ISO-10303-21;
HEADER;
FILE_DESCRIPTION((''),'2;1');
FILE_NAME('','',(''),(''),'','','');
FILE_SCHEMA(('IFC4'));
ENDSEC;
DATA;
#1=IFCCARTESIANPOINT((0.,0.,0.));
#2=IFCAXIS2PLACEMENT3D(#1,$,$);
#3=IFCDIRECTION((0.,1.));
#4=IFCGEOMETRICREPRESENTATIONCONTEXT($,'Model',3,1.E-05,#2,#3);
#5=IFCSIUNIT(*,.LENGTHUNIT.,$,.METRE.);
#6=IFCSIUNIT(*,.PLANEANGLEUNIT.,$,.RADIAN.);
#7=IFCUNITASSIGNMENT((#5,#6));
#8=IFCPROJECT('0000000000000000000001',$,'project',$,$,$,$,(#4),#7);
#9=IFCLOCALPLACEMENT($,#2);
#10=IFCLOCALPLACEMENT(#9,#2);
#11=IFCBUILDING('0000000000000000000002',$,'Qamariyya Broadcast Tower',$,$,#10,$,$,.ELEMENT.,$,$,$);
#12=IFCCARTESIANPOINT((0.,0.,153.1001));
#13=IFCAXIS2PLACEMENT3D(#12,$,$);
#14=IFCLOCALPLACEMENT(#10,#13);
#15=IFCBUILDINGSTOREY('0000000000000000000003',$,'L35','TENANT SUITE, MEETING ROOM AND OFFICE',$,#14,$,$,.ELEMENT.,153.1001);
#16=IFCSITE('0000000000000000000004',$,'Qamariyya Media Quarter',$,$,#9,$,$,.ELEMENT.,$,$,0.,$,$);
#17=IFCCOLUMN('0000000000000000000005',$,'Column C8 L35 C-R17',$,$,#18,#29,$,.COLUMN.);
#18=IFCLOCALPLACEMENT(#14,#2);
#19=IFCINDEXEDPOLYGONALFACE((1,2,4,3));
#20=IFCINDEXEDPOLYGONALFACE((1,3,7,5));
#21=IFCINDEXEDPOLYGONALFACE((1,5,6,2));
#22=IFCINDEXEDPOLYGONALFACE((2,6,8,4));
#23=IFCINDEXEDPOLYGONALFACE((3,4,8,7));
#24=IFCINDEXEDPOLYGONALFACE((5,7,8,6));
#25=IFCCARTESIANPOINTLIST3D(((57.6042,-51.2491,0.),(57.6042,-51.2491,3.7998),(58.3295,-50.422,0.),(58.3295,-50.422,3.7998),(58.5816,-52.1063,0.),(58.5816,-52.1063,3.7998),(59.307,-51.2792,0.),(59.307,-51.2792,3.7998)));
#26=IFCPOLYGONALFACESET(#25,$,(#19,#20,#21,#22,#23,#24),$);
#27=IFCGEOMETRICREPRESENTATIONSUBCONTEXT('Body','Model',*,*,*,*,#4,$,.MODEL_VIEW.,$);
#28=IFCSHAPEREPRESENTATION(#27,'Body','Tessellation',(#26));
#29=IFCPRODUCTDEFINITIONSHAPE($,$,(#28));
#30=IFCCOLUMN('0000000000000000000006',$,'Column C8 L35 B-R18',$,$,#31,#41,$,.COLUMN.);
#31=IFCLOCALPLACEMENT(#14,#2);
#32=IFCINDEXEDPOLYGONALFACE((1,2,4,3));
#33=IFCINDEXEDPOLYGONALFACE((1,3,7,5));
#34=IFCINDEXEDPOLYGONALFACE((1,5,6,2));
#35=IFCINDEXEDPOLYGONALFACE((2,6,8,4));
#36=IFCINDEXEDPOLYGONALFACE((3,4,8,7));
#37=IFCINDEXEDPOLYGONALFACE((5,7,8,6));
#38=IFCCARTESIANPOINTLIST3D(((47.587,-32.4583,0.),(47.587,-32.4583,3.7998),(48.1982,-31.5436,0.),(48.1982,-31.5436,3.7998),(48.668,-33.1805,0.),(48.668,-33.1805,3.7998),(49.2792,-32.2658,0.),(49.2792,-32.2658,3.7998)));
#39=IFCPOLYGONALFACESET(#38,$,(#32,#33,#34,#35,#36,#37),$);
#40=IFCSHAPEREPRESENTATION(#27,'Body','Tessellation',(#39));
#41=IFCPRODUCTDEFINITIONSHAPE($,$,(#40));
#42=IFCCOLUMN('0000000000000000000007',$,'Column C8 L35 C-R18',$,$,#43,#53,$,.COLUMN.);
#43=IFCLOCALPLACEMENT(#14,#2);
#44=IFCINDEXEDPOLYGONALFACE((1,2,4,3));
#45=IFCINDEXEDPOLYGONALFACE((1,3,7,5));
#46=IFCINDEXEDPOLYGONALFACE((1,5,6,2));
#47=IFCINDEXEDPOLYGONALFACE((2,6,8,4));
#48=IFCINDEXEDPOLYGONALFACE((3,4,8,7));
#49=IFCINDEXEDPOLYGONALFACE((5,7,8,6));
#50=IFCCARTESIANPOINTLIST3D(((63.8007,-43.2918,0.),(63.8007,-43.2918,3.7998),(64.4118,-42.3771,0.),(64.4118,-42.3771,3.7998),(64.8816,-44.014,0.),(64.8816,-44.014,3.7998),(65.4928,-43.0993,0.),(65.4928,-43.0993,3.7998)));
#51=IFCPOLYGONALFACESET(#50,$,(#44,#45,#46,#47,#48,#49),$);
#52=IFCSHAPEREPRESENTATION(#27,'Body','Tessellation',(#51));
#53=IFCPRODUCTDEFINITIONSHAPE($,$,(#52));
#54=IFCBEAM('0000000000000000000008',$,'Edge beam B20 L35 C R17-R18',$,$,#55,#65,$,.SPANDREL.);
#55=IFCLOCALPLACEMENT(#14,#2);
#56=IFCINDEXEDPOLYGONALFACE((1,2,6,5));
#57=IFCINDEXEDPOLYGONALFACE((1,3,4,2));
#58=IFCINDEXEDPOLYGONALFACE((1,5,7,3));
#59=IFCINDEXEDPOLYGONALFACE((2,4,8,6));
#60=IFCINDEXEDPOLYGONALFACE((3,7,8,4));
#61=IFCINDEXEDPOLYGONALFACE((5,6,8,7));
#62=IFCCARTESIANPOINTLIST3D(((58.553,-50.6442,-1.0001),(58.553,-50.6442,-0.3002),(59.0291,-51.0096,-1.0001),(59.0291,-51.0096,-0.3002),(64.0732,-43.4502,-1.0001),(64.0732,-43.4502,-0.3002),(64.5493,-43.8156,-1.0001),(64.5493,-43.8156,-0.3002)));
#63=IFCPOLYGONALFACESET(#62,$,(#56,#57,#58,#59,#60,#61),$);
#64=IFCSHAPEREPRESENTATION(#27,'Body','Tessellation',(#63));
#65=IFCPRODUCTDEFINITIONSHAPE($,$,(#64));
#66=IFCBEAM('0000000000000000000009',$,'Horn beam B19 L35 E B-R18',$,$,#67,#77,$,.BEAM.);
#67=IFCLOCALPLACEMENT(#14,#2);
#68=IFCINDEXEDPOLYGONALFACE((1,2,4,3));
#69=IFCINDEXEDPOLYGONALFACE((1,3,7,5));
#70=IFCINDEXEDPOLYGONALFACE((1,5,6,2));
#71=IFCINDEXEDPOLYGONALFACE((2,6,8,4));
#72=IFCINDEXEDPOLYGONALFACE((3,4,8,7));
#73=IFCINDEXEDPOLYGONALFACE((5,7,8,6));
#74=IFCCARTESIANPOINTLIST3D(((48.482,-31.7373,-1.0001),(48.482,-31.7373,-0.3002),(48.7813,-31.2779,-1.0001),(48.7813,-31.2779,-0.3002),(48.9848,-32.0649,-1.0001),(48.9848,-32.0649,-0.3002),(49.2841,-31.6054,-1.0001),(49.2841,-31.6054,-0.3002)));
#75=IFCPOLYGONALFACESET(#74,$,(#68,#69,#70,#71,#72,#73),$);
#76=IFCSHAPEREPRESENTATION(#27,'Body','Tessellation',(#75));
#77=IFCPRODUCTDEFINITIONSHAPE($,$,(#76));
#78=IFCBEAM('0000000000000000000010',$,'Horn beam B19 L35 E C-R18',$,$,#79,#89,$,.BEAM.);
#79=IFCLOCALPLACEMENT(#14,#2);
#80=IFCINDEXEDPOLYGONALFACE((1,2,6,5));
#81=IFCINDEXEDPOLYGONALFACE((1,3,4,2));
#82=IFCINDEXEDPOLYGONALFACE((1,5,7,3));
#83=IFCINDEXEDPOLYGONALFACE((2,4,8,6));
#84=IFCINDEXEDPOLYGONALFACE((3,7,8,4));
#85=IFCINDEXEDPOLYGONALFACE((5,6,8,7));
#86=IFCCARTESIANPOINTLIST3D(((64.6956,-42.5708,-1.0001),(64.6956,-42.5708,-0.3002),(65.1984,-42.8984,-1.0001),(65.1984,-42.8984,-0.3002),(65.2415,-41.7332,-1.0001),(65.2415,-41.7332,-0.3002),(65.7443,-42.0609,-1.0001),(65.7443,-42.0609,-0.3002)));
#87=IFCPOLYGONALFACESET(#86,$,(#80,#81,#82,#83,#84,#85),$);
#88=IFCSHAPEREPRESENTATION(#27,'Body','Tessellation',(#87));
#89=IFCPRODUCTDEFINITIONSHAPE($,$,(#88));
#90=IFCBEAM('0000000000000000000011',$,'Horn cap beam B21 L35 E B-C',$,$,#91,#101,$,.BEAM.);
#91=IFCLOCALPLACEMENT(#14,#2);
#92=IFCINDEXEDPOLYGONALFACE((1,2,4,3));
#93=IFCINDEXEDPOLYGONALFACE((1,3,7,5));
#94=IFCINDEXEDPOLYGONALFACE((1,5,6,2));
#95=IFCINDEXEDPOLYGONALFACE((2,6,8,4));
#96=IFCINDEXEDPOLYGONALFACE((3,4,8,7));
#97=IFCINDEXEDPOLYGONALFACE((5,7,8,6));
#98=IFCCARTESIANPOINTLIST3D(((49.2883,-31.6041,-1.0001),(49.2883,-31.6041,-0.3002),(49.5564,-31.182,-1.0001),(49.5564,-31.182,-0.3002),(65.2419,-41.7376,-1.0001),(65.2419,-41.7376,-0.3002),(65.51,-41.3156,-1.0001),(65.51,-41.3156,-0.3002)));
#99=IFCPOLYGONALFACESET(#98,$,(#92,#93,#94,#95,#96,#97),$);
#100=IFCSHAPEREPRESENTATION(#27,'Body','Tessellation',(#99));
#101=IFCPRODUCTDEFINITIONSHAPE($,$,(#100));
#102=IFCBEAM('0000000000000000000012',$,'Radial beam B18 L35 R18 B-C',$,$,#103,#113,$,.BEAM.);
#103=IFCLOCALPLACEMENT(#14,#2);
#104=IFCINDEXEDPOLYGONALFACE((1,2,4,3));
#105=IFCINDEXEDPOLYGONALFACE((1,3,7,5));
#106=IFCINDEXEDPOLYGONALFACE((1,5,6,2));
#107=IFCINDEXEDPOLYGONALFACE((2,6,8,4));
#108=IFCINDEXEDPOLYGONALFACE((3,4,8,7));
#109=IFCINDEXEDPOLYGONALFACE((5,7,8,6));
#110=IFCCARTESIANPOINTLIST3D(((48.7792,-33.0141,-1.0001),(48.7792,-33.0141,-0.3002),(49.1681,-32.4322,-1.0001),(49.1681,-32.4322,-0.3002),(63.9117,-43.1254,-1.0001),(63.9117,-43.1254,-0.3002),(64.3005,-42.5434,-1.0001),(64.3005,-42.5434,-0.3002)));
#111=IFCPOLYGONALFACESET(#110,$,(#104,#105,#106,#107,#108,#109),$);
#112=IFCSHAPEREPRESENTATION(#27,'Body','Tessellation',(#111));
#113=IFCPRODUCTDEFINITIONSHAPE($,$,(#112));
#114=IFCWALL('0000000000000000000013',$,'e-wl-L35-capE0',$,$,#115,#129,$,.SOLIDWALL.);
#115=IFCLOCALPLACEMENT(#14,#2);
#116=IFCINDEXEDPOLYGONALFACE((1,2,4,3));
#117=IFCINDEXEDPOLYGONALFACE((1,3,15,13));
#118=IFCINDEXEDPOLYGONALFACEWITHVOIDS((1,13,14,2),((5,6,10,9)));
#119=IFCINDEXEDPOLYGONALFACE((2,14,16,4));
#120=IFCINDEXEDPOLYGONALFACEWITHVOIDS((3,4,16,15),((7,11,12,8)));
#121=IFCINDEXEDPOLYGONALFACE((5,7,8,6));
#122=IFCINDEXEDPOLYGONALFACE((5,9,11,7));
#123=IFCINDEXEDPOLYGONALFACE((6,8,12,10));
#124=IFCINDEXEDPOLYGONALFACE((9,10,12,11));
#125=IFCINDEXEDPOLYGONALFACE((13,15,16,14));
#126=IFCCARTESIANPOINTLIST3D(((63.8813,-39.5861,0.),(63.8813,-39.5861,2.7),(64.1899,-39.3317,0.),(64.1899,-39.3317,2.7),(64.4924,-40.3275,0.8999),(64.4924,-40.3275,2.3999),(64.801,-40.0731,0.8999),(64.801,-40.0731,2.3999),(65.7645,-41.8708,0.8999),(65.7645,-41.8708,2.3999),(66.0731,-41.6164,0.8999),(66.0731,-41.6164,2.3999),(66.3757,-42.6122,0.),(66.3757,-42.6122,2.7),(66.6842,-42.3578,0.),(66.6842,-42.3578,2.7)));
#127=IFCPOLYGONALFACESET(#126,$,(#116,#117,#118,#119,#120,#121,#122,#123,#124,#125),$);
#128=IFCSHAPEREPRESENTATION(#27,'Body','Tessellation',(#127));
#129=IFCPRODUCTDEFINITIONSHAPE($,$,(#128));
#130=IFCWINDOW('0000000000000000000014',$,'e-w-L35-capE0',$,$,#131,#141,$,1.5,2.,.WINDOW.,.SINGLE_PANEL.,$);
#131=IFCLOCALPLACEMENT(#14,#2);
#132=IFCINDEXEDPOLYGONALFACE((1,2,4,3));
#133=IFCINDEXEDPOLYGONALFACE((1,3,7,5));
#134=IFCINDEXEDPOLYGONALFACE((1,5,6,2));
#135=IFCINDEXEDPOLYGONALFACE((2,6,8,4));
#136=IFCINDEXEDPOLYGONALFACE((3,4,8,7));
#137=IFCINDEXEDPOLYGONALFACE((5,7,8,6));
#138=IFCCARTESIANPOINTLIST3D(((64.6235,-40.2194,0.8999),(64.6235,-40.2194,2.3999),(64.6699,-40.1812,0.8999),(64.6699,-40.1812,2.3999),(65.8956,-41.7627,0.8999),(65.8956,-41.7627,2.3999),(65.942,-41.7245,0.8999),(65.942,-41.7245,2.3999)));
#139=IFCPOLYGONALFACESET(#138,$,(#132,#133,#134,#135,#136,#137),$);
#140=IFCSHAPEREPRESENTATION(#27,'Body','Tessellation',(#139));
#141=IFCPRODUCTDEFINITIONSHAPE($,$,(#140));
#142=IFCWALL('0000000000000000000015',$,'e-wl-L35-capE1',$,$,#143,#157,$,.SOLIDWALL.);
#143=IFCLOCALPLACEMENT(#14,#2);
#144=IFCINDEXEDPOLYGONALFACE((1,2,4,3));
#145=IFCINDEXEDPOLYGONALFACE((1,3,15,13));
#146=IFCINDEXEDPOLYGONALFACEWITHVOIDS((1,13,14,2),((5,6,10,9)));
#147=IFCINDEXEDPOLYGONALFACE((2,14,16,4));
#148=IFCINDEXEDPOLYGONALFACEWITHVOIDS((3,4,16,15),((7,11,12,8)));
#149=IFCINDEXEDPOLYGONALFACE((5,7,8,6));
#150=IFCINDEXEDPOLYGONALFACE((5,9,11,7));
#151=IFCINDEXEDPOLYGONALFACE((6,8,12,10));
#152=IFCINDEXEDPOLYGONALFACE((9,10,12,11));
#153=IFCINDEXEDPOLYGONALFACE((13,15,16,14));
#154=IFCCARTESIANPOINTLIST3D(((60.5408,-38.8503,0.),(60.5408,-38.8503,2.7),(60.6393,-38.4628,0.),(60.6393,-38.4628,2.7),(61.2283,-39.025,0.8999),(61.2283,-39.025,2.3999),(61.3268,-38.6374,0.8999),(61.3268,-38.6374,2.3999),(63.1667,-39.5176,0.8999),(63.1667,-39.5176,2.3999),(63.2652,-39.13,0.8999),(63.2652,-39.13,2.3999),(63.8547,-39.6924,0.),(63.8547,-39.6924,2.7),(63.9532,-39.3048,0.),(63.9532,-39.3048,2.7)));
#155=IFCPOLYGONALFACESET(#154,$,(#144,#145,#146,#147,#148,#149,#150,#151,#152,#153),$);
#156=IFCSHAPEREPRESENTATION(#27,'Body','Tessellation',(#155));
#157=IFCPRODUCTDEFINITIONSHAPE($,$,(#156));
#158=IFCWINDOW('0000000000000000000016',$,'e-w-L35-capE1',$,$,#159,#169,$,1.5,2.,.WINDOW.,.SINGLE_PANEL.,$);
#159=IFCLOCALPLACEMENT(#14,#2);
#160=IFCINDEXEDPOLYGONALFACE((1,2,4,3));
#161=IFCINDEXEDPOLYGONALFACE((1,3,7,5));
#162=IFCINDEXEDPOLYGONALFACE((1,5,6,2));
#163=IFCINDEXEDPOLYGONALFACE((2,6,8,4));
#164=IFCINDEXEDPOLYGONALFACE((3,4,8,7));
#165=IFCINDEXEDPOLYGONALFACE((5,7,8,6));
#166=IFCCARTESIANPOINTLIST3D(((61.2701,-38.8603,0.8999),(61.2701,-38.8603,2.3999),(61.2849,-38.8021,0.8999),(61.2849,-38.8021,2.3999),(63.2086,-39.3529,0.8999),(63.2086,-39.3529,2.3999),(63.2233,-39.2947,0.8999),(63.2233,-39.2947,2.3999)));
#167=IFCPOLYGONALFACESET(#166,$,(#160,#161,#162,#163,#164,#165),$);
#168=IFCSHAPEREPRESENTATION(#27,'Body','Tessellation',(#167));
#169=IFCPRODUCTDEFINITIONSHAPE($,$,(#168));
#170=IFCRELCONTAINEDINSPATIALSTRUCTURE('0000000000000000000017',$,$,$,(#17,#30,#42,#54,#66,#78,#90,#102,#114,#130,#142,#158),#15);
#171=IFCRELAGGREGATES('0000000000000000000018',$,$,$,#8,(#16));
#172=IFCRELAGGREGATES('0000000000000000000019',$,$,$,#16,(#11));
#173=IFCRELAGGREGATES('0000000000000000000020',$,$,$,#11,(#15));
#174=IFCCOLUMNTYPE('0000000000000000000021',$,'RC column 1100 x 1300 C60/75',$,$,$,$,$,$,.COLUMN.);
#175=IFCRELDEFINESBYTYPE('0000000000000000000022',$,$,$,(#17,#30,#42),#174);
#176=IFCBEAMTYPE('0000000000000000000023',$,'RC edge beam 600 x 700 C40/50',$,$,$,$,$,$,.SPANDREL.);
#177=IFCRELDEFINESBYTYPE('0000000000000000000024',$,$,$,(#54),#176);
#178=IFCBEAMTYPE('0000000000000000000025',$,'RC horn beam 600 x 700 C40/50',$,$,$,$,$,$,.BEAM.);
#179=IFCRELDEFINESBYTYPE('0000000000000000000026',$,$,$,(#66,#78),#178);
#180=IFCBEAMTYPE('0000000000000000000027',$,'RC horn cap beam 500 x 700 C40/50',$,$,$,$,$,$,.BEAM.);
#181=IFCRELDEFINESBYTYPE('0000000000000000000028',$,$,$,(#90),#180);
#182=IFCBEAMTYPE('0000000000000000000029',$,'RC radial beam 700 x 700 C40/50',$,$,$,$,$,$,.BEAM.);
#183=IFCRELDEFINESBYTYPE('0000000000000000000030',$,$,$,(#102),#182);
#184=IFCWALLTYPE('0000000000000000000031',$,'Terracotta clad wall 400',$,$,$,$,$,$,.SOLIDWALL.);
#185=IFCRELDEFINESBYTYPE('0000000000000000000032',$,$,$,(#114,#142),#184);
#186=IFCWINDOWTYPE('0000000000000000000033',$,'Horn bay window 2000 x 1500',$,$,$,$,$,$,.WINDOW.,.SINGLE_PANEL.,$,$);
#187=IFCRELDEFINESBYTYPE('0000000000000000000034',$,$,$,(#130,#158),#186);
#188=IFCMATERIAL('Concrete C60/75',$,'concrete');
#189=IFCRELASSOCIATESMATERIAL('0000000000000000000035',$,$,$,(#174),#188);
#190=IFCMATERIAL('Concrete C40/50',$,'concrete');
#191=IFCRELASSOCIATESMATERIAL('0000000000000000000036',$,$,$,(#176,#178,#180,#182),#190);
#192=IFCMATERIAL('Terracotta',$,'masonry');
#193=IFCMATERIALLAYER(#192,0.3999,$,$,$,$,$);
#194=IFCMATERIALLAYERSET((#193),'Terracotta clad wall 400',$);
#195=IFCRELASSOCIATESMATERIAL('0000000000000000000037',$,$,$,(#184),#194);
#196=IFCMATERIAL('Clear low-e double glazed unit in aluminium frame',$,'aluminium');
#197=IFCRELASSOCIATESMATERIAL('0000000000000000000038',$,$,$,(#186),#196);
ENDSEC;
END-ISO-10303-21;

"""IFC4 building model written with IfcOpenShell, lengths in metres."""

from ifc_helpers import new_model, si_unit, direction, frame, frame_2d, origin, origin_2d, place, context, subcontext, project, spatial, rectangle, extrude, material, layer, layer_set, material_profile, profile_set, type_object, element, fill, save


model = new_model("IFC4")

# Units and contexts
model_context = context("Model", 3, precision=1e-05, world=origin(), true_north=direction((0.0, 1.0)))
body_context = subcontext(model_context, "Body", "Model", "MODEL_VIEW")
ifc_project = project(units=[si_unit("LENGTHUNIT", "METRE"), si_unit("PLANEANGLEUNIT", "RADIAN")], contexts=[model_context])

# Site, building, storey
site_placement = place(None, origin())
site = spatial("IfcSite", under=ifc_project, at=site_placement, Name="Qamariyya Media Quarter", CompositionType="ELEMENT", RefElevation=0.0)
building_placement = place(site_placement, origin())
building = spatial("IfcBuilding", under=site, at=building_placement, Name="Qamariyya Broadcast Tower", CompositionType="ELEMENT")
storey_placement = place(building_placement, frame((0.0, 0.0, 153.1001)))
storey = spatial("IfcBuildingStorey", under=building, at=storey_placement, Name="L35", Description="TENANT SUITE, MEETING ROOM AND OFFICE", CompositionType="ELEMENT", Elevation=153.1001)

# Columns
ifc_material_1 = material(Name="Concrete C60/75", Category="concrete")
ifc_material_profile_1 = material_profile(ifc_material_1, rectangle(XDim=1.1001, YDim=1.3, at=origin_2d()))
ifc_profile_set_1 = profile_set([ifc_material_profile_1], Name="Concrete C60/75")
column_type = type_object("IfcColumnType", Name="RC column 1100 x 1300 C60/75", PredefinedType="COLUMN", material=ifc_profile_set_1)
for number, where, z_axis, x_axis, name in (
    (1, (58.4556, -51.2642, 0.0), (0.0, 0.0, 1.0), (0.659346, 0.75184, 0.0), "Column C8 L35 C-R17"),
    (2, (48.4331, -32.3621, 0.0), (0.0, 0.0, 1.0), (0.55557, 0.83147, 0.0), "Column C8 L35 B-R18"),
    (3, (64.6467, -43.1956, 0.0), (0.0, 0.0, 1.0), (0.55557, 0.83147, 0.0), "Column C8 L35 C-R18"),
):
    element("IfcColumn", number, at=place(storey_placement, frame(where, z_axis=z_axis, x_axis=x_axis)), inside=storey, type_object=column_type, Name=name, PredefinedType="COLUMN", context=body_context, shape_type="SweptSolid", body=[
        extrude(rectangle(XDim=1.1001, YDim=1.3, at=origin_2d()), origin(), (0.0, 0.0, 1.0), 3.7998),
    ])

# Beams
ifc_material_2 = material(Name="Concrete C40/50", Category="concrete")
ifc_material_profile_2 = material_profile(ifc_material_2, rectangle(XDim=0.6001, YDim=0.7, at=origin_2d()))
ifc_profile_set_2 = profile_set([ifc_material_profile_2], Name="Concrete C40/50")
beam_type_1 = type_object("IfcBeamType", Name="RC edge beam 600 x 700 C40/50", PredefinedType="SPANDREL", material=ifc_profile_set_2)
beam_1_placement = place(storey_placement, frame((58.791, -50.8269, -0.6501), z_axis=(0.608764, 0.793351, 0.0), x_axis=(-0.793351, 0.608764, 0.0)))
element("IfcBeam", 4, at=beam_1_placement, inside=storey, type_object=beam_type_1, Name="Edge beam B20 L35 C R17-R18", PredefinedType="SPANDREL", context=body_context, shape_type="SweptSolid", body=[
    extrude(rectangle(XDim=0.6001, YDim=0.7, at=origin_2d()), origin(), (0.0, 0.0, 1.0), 9.0679),
])
ifc_material_profile_3 = material_profile(ifc_material_2, rectangle(XDim=0.6001, YDim=0.7, at=origin_2d()))
ifc_profile_set_3 = profile_set([ifc_material_profile_3], Name="Concrete C40/50")
beam_type_2 = type_object("IfcBeamType", Name="RC horn beam 600 x 700 C40/50", PredefinedType="BEAM", material=ifc_profile_set_3)
beam_2_placement = place(storey_placement, frame((48.7334, -31.9011, -0.6501), z_axis=(0.545833, 0.837894, 0.0), x_axis=(-0.837894, 0.545833, 0.0)))
element("IfcBeam", 5, at=beam_2_placement, inside=storey, type_object=beam_type_2, Name="Horn beam B19 L35 E B-R18", PredefinedType="BEAM", context=body_context, shape_type="SweptSolid", body=[
    extrude(rectangle(XDim=0.6001, YDim=0.7, at=origin_2d()), origin(), (0.0, 0.0, 1.0), 0.5483),
])
beam_3_placement = place(storey_placement, frame((64.947, -42.7346, -0.6501), z_axis=(0.545992, 0.83779, 0.0), x_axis=(-0.83779, 0.545992, 0.0)))
element("IfcBeam", 6, at=beam_3_placement, inside=storey, type_object=beam_type_2, Name="Horn beam B19 L35 E C-R18", PredefinedType="BEAM", context=body_context, shape_type="SweptSolid", body=[
    extrude(rectangle(XDim=0.6001, YDim=0.7, at=origin_2d()), origin(), (0.0, 0.0, 1.0), 0.9998),
])
ifc_material_profile_4 = material_profile(ifc_material_2, rectangle(XDim=0.5, YDim=0.7, at=origin_2d()))
ifc_profile_set_4 = profile_set([ifc_material_profile_4], Name="Concrete C40/50")
beam_type_3 = type_object("IfcBeamType", Name="RC horn cap beam 500 x 700 C40/50", PredefinedType="BEAM", material=ifc_profile_set_4)
beam_4_placement = place(storey_placement, frame((49.4224, -31.3931, -0.6501), z_axis=(0.844111, -0.536169, 0.0), x_axis=(0.536169, 0.844111, 0.0)))
element("IfcBeam", 7, at=beam_4_placement, inside=storey, type_object=beam_type_3, Name="Horn cap beam B21 L35 E B-C", PredefinedType="BEAM", context=body_context, shape_type="SweptSolid", body=[
    extrude(rectangle(XDim=0.5, YDim=0.7, at=origin_2d()), origin(), (0.0, 0.0, 1.0), 18.8999),
])
ifc_material_profile_5 = material_profile(ifc_material_2, rectangle(XDim=0.7, YDim=0.7, at=origin_2d()))
ifc_profile_set_5 = profile_set([ifc_material_profile_5], Name="Concrete C40/50")
beam_type_4 = type_object("IfcBeamType", Name="RC radial beam 700 x 700 C40/50", PredefinedType="BEAM", material=ifc_profile_set_5)
beam_5_placement = place(storey_placement, frame((48.9736, -32.7231, -0.6501), z_axis=(0.831468, -0.555573, 0.0), x_axis=(0.555573, 0.831468, 0.0)))
element("IfcBeam", 8, at=beam_5_placement, inside=storey, type_object=beam_type_4, Name="Radial beam B18 L35 R18 B-C", PredefinedType="BEAM", context=body_context, shape_type="SweptSolid", body=[
    extrude(rectangle(XDim=0.7, YDim=0.7, at=origin_2d()), origin(), (0.0, 0.0, 1.0), 18.1997),
])

# Walls, openings, windows
ifc_material_3 = material(Name="Terracotta", Category="masonry")
ifc_layer = layer(ifc_material_3, 0.3999)
ifc_layer_set = layer_set([ifc_layer], Name="Terracotta clad wall 400")
wall_type = type_object("IfcWallType", Name="Terracotta clad wall 400", PredefinedType="SOLIDWALL", material=ifc_layer_set)
wall_1_placement = place(storey_placement, frame((66.53, -42.4851, 0.0), z_axis=(0.0, 0.0, 1.0), x_axis=(-0.636054, 0.771644, 0.0)))
wall_1 = element("IfcWall", 9, at=wall_1_placement, inside=storey, type_object=wall_type, Name="e-wl-L35-capE0", PredefinedType="SOLIDWALL", context=body_context, shape_type="SweptSolid", body=[
    extrude(rectangle(XDim=3.9216, YDim=0.3999, at=frame_2d((1.9609, 0.0))), origin(), (0.0, 0.0, 1.0), 2.7),
])
opening_1_placement = place(wall_1_placement, frame((0.9609, 0.0, 0.8999)))
opening_1 = element("IfcOpeningElement", 10, at=opening_1_placement, cuts=wall_1, PredefinedType="OPENING", context=body_context, shape_type="SweptSolid", body=[
    extrude(rectangle(XDim=2.0, YDim=1.5, at=frame_2d((1.0, 0.75))), frame((0.0, 0.21, 0.0), z_axis=(0.0, -1.0, 0.0), x_axis=(1.0, 0.0, 0.0)), (0.0, 0.0, 1.0), 0.4199),
])
ifc_material_4 = material(Name="Clear low-e double glazed unit in aluminium frame", Category="aluminium")
window_type = type_object("IfcWindowType", Name="Horn bay window 2000 x 1500", PartitioningType="SINGLE_PANEL", PredefinedType="WINDOW", material=ifc_material_4)
window_1_placement = place(opening_1_placement, origin())
window_1 = element("IfcWindow", 11, at=window_1_placement, inside=storey, type_object=window_type, Name="e-w-L35-capE0", OverallHeight=1.5, OverallWidth=2.0, PartitioningType="SINGLE_PANEL", PredefinedType="WINDOW", context=body_context, shape_type="SweptSolid", body=[
    extrude(rectangle(XDim=2.0, YDim=1.5, at=frame_2d((1.0, 0.75))), frame((0.0, 0.03, 0.0), z_axis=(0.0, -1.0, 0.0), x_axis=(1.0, 0.0, 0.0)), (0.0, 0.0, 1.0), 0.0601),
])
fill(opening_1, window_1)
wall_2_placement = place(storey_placement, frame((63.9038, -39.4985, 0.0), z_axis=(0.0, 0.0, 1.0), x_axis=(-0.969203, 0.246264, 0.0)))
wall_2 = element("IfcWall", 12, at=wall_2_placement, inside=storey, type_object=wall_type, Name="e-wl-L35-capE1", PredefinedType="SOLIDWALL", context=body_context, shape_type="SweptSolid", body=[
    extrude(rectangle(XDim=3.4192, YDim=0.3999, at=frame_2d((1.7095, 0.0))), origin(), (0.0, 0.0, 1.0), 2.7),
])
opening_2_placement = place(wall_2_placement, frame((0.7097, 0.0, 0.8999)))
opening_2 = element("IfcOpeningElement", 13, at=opening_2_placement, cuts=wall_2, PredefinedType="OPENING", context=body_context, shape_type="SweptSolid", body=[
    extrude(rectangle(XDim=2.0, YDim=1.5, at=frame_2d((1.0, 0.75))), frame((0.0, 0.21, 0.0), z_axis=(0.0, -1.0, 0.0), x_axis=(1.0, 0.0, 0.0)), (0.0, 0.0, 1.0), 0.4199),
])
window_2_placement = place(opening_2_placement, origin())
window_2 = element("IfcWindow", 14, at=window_2_placement, inside=storey, type_object=window_type, Name="e-w-L35-capE1", OverallHeight=1.5, OverallWidth=2.0, PartitioningType="SINGLE_PANEL", PredefinedType="WINDOW", context=body_context, shape_type="SweptSolid", body=[
    extrude(rectangle(XDim=2.0, YDim=1.5, at=frame_2d((1.0, 0.75))), frame((0.0, 0.03, 0.0), z_axis=(0.0, -1.0, 0.0), x_axis=(1.0, 0.0, 0.0)), (0.0, 0.0, 1.0), 0.0601),
])
fill(opening_2, window_2)

save(model, "model.ifc")
